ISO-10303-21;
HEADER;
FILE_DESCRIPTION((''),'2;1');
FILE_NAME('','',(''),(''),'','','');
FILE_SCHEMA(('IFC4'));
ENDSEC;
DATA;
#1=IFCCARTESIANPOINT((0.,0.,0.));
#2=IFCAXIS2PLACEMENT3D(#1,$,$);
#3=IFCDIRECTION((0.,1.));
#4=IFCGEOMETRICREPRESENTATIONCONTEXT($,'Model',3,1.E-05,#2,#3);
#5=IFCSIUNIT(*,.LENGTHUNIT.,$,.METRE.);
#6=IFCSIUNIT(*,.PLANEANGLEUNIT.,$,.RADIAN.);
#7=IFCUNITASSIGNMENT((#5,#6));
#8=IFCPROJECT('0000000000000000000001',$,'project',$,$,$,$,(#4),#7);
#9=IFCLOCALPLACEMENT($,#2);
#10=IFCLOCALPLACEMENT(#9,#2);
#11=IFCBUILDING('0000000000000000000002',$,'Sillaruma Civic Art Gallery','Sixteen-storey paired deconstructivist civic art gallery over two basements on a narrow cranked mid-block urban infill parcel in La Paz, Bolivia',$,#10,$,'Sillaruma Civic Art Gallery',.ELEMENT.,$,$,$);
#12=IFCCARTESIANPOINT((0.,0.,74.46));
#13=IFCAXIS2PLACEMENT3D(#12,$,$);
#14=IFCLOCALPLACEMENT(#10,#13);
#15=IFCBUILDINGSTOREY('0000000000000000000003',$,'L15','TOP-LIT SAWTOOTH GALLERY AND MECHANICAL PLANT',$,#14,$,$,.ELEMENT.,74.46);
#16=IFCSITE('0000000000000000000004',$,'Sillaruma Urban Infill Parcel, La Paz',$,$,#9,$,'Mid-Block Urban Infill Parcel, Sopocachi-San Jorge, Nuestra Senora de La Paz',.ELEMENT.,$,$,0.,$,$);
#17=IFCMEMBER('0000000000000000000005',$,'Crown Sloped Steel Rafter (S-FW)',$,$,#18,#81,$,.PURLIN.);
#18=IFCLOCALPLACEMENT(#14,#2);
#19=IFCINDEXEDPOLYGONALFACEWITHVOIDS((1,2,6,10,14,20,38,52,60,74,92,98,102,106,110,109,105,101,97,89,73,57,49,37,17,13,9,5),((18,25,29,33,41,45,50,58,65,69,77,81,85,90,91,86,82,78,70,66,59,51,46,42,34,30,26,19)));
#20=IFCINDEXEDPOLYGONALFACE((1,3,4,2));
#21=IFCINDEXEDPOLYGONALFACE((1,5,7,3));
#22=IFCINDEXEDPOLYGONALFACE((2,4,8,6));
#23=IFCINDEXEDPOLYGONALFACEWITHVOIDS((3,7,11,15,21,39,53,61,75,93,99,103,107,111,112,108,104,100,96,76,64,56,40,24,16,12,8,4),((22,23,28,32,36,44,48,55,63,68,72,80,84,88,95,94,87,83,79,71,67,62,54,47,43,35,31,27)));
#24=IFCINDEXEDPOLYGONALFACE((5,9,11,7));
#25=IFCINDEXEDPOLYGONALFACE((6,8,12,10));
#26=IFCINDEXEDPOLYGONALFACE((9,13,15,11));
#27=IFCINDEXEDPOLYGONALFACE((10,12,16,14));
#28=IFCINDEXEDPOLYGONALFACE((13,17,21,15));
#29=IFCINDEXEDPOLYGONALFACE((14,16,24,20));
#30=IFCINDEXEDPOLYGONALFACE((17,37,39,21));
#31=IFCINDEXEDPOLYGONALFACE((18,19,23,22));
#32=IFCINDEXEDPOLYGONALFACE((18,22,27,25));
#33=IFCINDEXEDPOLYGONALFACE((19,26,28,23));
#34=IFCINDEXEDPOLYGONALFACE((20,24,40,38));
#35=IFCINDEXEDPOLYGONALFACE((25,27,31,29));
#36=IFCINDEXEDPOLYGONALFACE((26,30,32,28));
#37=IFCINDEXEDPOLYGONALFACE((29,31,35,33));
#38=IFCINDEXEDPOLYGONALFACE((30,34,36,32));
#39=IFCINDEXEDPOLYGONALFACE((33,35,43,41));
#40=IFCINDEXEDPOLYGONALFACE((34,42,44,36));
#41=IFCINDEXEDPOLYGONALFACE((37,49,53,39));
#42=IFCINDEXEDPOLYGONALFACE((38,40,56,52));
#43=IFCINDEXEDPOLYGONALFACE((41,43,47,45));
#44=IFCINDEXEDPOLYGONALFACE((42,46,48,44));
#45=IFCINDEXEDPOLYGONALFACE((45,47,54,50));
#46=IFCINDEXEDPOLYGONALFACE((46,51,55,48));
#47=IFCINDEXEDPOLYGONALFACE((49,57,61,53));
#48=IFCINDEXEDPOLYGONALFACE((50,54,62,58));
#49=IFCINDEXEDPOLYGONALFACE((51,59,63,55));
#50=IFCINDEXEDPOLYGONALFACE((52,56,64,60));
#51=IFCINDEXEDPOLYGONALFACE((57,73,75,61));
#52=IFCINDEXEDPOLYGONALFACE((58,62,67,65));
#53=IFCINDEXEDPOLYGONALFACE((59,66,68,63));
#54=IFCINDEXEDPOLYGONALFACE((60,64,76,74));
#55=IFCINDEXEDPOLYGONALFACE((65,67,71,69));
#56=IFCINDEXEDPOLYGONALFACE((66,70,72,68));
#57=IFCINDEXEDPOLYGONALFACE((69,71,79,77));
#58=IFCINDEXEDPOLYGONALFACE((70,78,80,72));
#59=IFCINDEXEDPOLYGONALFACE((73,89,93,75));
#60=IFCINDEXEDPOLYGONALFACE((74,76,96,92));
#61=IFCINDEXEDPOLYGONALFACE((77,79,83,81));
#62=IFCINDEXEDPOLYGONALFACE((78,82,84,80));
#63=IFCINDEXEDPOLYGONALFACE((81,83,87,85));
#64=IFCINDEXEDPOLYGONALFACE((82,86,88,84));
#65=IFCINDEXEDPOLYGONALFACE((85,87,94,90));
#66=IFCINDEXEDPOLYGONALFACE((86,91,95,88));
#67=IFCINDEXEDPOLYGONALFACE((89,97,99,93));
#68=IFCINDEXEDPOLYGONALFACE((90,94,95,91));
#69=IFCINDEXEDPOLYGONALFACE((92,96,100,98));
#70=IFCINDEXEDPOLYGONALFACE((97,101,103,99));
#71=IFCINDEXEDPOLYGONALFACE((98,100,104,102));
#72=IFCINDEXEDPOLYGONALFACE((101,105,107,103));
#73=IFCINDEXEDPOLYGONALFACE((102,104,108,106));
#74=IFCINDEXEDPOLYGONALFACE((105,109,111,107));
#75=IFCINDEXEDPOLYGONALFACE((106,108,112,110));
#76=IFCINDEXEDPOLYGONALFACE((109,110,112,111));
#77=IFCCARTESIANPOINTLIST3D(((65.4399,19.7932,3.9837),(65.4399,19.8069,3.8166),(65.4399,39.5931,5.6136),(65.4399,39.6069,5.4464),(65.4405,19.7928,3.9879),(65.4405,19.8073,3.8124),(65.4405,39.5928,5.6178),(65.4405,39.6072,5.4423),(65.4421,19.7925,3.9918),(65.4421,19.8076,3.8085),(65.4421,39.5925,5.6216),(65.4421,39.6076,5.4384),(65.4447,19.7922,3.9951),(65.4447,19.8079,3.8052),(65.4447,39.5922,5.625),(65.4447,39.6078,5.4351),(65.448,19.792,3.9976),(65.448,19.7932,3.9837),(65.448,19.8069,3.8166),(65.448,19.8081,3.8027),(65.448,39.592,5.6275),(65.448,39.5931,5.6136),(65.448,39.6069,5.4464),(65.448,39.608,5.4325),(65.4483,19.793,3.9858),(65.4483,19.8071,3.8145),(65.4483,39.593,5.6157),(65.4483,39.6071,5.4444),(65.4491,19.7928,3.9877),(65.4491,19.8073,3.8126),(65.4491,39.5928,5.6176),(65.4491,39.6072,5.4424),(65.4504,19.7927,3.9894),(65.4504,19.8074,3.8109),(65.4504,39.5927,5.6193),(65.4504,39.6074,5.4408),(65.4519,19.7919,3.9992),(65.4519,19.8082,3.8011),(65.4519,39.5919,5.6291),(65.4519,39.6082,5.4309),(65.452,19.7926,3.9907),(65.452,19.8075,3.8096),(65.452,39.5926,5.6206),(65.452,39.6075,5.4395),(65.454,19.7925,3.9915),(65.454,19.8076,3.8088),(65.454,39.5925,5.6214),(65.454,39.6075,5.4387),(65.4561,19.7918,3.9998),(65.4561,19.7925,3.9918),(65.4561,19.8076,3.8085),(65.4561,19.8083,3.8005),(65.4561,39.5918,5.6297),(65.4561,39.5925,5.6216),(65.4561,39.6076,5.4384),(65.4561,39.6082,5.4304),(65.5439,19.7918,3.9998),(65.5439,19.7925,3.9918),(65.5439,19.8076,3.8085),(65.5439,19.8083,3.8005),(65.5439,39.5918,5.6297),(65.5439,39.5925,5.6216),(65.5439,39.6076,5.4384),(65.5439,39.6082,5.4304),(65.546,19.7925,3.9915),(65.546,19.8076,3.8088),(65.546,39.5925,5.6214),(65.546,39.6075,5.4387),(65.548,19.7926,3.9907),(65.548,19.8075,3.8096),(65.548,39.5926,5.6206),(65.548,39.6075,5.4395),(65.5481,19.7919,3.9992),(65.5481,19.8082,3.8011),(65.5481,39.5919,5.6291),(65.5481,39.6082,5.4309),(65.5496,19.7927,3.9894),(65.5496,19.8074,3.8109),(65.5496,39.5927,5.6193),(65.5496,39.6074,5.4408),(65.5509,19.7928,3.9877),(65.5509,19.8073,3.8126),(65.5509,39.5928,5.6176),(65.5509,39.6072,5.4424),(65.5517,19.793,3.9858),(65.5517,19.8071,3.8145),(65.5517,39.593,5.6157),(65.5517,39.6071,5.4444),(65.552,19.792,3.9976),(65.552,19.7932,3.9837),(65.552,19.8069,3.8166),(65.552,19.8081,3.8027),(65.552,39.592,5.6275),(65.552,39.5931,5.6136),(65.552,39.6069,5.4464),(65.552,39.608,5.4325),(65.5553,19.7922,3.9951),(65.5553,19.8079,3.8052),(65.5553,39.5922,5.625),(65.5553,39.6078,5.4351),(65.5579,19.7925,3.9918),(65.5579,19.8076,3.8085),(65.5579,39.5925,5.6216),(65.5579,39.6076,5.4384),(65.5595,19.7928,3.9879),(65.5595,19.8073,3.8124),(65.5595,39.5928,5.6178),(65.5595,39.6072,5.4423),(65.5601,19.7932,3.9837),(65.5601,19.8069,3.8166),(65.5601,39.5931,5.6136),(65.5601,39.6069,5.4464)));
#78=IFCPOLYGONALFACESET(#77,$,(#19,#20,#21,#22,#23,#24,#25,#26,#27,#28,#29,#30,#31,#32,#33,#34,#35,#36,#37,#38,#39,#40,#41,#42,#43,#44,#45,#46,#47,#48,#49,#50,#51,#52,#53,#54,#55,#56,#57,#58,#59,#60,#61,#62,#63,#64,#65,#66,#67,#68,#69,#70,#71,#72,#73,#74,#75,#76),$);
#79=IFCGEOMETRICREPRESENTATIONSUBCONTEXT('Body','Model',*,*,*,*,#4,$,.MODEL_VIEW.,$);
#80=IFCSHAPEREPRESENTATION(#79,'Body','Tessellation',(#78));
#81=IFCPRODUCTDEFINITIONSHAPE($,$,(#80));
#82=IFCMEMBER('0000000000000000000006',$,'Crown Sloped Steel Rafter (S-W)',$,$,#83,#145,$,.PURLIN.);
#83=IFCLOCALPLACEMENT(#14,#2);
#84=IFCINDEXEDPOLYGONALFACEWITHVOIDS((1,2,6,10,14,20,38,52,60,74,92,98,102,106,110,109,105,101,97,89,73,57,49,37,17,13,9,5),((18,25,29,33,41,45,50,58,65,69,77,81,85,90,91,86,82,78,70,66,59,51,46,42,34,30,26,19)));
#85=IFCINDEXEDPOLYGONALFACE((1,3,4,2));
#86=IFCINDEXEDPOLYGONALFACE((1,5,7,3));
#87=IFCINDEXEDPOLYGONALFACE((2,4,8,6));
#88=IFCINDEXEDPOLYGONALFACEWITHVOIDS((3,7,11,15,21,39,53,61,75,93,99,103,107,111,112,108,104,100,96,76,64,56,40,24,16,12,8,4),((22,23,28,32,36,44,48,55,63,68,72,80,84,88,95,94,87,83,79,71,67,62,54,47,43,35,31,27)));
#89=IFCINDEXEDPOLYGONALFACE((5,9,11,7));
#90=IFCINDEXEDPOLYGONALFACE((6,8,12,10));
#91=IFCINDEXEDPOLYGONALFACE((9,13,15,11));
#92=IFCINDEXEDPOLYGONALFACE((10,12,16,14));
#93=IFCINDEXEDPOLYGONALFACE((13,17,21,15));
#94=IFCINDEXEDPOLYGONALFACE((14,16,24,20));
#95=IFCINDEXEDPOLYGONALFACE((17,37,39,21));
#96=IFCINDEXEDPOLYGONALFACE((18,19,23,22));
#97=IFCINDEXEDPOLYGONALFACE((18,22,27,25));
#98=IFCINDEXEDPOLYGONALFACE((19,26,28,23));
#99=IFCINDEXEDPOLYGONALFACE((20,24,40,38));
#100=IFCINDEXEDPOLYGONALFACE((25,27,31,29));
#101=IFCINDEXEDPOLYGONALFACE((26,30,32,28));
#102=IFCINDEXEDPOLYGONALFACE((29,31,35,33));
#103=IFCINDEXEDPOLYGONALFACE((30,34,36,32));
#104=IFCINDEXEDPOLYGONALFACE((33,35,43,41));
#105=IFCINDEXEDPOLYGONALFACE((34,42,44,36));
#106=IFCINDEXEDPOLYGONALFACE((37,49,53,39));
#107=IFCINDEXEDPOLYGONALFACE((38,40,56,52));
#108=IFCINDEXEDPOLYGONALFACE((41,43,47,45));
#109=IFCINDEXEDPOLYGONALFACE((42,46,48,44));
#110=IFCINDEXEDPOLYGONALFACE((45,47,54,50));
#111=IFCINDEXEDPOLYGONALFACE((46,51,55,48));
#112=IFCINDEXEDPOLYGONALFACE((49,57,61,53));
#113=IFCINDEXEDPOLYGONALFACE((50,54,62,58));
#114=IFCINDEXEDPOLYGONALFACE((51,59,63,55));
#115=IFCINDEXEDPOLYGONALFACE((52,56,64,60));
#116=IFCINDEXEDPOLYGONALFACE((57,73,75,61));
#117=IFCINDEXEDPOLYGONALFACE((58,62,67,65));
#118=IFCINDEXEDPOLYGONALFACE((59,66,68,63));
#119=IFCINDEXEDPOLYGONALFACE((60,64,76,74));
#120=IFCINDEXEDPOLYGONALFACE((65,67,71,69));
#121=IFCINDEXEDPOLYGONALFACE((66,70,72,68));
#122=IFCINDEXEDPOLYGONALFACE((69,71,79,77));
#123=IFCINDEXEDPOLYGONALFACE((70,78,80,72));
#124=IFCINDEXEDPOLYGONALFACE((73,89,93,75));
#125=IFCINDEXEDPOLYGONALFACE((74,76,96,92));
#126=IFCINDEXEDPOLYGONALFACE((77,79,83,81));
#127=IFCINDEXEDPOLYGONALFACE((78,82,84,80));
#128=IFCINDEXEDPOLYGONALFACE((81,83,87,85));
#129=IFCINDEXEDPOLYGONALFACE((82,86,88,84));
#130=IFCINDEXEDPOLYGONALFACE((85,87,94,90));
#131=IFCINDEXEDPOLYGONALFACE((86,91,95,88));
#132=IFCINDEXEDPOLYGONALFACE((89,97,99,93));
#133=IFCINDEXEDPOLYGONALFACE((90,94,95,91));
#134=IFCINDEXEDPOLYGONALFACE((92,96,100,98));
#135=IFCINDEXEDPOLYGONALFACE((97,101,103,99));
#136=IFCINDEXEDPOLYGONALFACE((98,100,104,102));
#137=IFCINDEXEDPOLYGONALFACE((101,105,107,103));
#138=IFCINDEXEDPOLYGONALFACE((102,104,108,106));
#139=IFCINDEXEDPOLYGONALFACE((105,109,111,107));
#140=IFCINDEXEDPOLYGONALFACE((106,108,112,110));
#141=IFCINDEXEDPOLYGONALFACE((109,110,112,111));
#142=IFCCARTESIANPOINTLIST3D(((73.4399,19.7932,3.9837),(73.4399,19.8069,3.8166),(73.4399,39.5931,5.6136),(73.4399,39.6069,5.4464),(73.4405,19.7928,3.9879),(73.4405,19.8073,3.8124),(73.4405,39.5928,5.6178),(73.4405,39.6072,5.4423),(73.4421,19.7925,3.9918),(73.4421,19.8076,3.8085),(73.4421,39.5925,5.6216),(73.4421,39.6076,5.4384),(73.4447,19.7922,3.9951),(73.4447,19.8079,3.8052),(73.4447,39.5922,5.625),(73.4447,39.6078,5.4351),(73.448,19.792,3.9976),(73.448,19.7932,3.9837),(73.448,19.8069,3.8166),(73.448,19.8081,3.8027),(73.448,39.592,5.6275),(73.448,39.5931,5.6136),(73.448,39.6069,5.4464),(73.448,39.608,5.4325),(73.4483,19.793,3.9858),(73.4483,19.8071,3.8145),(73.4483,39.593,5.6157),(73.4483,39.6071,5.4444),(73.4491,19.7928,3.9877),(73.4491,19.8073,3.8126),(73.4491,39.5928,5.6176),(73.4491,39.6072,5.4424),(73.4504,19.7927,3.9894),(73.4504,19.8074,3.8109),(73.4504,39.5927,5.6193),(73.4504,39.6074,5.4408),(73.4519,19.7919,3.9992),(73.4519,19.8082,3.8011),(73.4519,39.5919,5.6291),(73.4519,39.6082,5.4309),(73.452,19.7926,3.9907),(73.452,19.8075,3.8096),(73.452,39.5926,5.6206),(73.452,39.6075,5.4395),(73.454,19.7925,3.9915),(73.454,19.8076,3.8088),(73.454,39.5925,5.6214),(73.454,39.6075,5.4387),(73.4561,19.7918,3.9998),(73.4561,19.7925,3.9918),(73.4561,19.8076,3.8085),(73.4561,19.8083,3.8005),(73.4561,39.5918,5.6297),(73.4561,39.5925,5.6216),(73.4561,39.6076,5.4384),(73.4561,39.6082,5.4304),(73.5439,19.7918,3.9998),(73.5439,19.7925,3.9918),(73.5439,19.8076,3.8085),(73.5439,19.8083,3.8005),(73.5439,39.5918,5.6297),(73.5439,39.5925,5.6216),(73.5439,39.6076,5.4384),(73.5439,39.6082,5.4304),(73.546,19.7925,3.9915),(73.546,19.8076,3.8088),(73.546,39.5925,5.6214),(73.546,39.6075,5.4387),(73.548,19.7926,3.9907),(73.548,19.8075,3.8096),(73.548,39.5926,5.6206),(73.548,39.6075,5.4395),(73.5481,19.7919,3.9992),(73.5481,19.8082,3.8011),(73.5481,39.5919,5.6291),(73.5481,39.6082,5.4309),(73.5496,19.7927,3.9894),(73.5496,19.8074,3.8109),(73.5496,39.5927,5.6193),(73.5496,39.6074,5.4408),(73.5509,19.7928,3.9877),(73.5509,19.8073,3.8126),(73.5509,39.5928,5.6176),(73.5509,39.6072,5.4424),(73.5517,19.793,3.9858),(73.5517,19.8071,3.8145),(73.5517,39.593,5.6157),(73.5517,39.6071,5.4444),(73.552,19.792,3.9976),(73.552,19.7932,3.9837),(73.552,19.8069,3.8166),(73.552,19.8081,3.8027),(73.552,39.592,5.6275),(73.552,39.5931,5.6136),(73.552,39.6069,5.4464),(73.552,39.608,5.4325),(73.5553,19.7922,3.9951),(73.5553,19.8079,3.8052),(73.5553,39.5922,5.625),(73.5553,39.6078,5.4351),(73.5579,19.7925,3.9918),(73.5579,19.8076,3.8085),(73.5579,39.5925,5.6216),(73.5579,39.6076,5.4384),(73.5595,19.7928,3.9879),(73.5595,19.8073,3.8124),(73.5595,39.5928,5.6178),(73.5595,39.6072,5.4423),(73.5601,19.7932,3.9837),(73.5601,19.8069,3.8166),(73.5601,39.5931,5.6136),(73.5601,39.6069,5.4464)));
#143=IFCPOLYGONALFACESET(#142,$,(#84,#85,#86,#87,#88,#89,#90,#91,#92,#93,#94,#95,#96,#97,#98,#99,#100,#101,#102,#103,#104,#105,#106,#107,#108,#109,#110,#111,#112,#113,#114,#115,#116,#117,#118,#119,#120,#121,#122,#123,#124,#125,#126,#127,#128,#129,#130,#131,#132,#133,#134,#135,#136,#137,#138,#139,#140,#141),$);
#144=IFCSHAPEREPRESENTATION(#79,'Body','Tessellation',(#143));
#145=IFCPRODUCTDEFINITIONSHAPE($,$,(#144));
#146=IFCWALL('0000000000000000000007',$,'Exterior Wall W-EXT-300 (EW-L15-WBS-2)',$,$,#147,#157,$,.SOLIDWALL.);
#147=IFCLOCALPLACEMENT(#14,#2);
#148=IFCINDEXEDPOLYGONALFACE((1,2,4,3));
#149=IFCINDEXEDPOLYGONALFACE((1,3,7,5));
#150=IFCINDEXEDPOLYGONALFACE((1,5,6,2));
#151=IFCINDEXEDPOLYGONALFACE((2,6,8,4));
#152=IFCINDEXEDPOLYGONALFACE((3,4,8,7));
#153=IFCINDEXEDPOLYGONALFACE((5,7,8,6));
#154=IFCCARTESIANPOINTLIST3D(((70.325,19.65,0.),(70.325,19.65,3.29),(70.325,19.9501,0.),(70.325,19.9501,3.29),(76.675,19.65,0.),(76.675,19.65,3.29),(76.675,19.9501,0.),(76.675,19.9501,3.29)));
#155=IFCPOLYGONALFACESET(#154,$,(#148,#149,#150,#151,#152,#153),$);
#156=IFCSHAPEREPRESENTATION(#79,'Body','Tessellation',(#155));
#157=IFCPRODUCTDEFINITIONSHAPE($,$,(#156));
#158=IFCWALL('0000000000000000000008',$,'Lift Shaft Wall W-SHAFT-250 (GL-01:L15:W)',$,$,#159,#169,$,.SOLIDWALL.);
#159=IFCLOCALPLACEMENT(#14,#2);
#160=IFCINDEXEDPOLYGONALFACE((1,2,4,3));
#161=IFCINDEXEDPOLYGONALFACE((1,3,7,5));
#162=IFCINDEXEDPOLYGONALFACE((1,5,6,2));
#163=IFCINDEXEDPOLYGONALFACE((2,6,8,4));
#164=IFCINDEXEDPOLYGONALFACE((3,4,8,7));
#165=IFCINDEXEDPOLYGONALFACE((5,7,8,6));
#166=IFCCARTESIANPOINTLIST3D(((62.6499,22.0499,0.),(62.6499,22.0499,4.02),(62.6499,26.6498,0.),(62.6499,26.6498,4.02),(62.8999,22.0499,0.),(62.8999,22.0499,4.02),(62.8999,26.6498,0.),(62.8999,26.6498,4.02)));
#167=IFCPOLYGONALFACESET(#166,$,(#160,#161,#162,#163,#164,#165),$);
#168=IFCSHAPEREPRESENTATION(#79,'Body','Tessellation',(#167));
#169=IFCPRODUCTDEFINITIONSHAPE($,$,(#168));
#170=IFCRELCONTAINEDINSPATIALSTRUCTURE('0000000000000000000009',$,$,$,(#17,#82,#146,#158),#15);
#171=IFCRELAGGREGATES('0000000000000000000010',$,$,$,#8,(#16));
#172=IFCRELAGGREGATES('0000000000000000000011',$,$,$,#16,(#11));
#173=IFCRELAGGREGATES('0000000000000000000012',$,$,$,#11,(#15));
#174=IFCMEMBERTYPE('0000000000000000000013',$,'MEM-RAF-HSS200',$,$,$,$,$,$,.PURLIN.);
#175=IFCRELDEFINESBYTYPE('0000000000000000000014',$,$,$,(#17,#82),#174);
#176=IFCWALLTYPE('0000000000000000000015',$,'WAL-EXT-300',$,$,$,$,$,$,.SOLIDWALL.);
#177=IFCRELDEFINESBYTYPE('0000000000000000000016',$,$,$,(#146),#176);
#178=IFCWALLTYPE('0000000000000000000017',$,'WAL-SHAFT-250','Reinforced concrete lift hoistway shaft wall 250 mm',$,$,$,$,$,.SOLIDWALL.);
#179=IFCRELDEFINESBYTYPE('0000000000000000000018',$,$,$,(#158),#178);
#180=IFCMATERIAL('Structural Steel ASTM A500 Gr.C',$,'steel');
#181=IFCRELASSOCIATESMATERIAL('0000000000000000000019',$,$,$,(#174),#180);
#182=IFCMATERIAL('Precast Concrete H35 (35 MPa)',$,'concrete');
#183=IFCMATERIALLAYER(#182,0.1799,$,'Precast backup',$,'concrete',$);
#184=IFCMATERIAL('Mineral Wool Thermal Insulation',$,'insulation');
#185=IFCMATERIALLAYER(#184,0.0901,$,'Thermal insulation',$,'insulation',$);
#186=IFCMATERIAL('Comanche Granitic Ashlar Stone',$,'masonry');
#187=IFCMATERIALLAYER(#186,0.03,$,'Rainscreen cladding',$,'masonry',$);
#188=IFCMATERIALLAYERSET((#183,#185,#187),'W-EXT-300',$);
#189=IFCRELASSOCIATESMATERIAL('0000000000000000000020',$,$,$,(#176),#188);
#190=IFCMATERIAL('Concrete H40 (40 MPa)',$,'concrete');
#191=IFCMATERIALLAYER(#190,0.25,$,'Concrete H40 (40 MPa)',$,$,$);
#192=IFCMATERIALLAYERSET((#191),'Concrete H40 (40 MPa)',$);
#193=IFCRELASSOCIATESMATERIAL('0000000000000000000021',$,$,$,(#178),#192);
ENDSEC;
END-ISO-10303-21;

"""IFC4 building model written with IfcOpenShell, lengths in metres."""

from ifc_helpers import new_model, si_unit, direction, frame, frame_2d, origin, origin_2d, place, context, subcontext, project, spatial, rectangle, hollow_rectangle, extrude, material, layer, layer_set, material_profile, profile_set, type_object, element, save


model = new_model("IFC4")

# Units and contexts
model_context = context("Model", 3, precision=1e-05, world=origin(), true_north=direction((0.0, 1.0)))
body_context = subcontext(model_context, "Body", "Model", "MODEL_VIEW")
ifc_project = project(units=[si_unit("LENGTHUNIT", "METRE"), si_unit("PLANEANGLEUNIT", "RADIAN")], contexts=[model_context])

# Site, building, storey
site_placement = place(None, origin())
site = spatial("IfcSite", under=ifc_project, at=site_placement, Name="Sillaruma Urban Infill Parcel, La Paz", LongName="Mid-Block Urban Infill Parcel, Sopocachi-San Jorge, Nuestra Senora de La Paz", CompositionType="ELEMENT", RefElevation=0.0)
building_placement = place(site_placement, origin())
building = spatial("IfcBuilding", under=site, at=building_placement, Name="Sillaruma Civic Art Gallery", Description="Sixteen-storey paired deconstructivist civic art gallery over two basements on a narrow cranked mid-block urban infill parcel in La Paz, Bolivia", LongName="Sillaruma Civic Art Gallery", CompositionType="ELEMENT")
storey_placement = place(building_placement, frame((0.0, 0.0, 74.46)))
storey = spatial("IfcBuildingStorey", under=building, at=storey_placement, Name="L15", Description="TOP-LIT SAWTOOTH GALLERY AND MECHANICAL PLANT", CompositionType="ELEMENT", Elevation=74.46)

# Shared definitions
ifc_material_1 = material(Name="Concrete H40 (40 MPa)", Category="concrete")

# Members
ifc_material_2 = material(Name="Structural Steel ASTM A500 Gr.C", Category="steel")
ifc_material_profile_1 = material_profile(ifc_material_2, hollow_rectangle(XDim=0.1201, YDim=0.2, WallThickness=0.0081, InnerFilletRadius=0.0081, OuterFilletRadius=0.0161, at=origin_2d()), Name="HSS200x120x8")
ifc_profile_set_1 = profile_set([ifc_material_profile_1], Name="Structural Steel ASTM A500 Gr.C")
member_type = type_object("IfcMemberType", Name="MEM-RAF-HSS200", PredefinedType="PURLIN", material=ifc_profile_set_1)
for number, where, z_axis, x_axis, name in (
    (1, (65.5, 19.8, 3.9001), (0.0, 0.996629, 0.08204), (-1.0, 0.0, 0.0), "Crown Sloped Steel Rafter (S-FW)"),
    (2, (73.5, 19.8, 3.9001), (0.0, 0.996629, 0.08204), (-1.0, 0.0, 0.0), "Crown Sloped Steel Rafter (S-W)"),
):
    element("IfcMember", number, at=place(storey_placement, frame(where, z_axis=z_axis, x_axis=x_axis)), inside=storey, type_object=member_type, Name=name, PredefinedType="PURLIN", context=body_context, shape_type="SweptSolid", body=[
        extrude(hollow_rectangle(XDim=0.1201, YDim=0.2, WallThickness=0.0081, InnerFilletRadius=0.0081, OuterFilletRadius=0.0161, at=origin_2d()), origin(), (0.0, 0.0, 1.0), 19.8669),
    ])

# Walls
ifc_material_3 = material(Name="Precast Concrete H35 (35 MPa)", Category="concrete")
ifc_layer_1 = layer(ifc_material_3, 0.1799, Name="Precast backup", Category="concrete")
ifc_material_4 = material(Name="Mineral Wool Thermal Insulation", Category="insulation")
ifc_layer_2 = layer(ifc_material_4, 0.0901, Name="Thermal insulation", Category="insulation")
ifc_material_5 = material(Name="Comanche Granitic Ashlar Stone", Category="masonry")
ifc_layer_3 = layer(ifc_material_5, 0.03, Name="Rainscreen cladding", Category="masonry")
ifc_layer_set_1 = layer_set([ifc_layer_1, ifc_layer_2, ifc_layer_3], Name="W-EXT-300")
wall_type_1 = type_object("IfcWallType", Name="WAL-EXT-300", PredefinedType="SOLIDWALL", material=ifc_layer_set_1)
wall_1_placement = place(storey_placement, frame((70.325, 19.8, 0.0), z_axis=(0.0, 0.0, 1.0), x_axis=(1.0, 0.0, 0.0)))
element("IfcWall", 3, at=wall_1_placement, inside=storey, type_object=wall_type_1, Name="Exterior Wall W-EXT-300 (EW-L15-WBS-2)", PredefinedType="SOLIDWALL", context=body_context, shape_type="SweptSolid", body=[
    extrude(rectangle(XDim=6.3501, YDim=0.3, at=frame_2d((3.175, 0.0))), origin(), (0.0, 0.0, 1.0), 3.29),
])
ifc_layer_4 = layer(ifc_material_1, 0.25, Name="Concrete H40 (40 MPa)")
ifc_layer_set_2 = layer_set([ifc_layer_4], Name="Concrete H40 (40 MPa)")
wall_type_2 = type_object("IfcWallType", Name="WAL-SHAFT-250", Description="Reinforced concrete lift hoistway shaft wall 250 mm", PredefinedType="SOLIDWALL", material=ifc_layer_set_2)
wall_2_placement = place(storey_placement, frame((62.7749, 22.05, 0.0), z_axis=(0.0, 0.0, 1.0), x_axis=(0.0, 1.0, 0.0)))
element("IfcWall", 4, at=wall_2_placement, inside=storey, type_object=wall_type_2, Name="Lift Shaft Wall W-SHAFT-250 (GL-01:L15:W)", PredefinedType="SOLIDWALL", context=body_context, shape_type="SweptSolid", body=[
    extrude(rectangle(XDim=4.5999, YDim=0.25, at=frame_2d((2.2998, 0.0))), origin(), (0.0, 0.0, 1.0), 4.02),
])

save(model, "model.ifc")
